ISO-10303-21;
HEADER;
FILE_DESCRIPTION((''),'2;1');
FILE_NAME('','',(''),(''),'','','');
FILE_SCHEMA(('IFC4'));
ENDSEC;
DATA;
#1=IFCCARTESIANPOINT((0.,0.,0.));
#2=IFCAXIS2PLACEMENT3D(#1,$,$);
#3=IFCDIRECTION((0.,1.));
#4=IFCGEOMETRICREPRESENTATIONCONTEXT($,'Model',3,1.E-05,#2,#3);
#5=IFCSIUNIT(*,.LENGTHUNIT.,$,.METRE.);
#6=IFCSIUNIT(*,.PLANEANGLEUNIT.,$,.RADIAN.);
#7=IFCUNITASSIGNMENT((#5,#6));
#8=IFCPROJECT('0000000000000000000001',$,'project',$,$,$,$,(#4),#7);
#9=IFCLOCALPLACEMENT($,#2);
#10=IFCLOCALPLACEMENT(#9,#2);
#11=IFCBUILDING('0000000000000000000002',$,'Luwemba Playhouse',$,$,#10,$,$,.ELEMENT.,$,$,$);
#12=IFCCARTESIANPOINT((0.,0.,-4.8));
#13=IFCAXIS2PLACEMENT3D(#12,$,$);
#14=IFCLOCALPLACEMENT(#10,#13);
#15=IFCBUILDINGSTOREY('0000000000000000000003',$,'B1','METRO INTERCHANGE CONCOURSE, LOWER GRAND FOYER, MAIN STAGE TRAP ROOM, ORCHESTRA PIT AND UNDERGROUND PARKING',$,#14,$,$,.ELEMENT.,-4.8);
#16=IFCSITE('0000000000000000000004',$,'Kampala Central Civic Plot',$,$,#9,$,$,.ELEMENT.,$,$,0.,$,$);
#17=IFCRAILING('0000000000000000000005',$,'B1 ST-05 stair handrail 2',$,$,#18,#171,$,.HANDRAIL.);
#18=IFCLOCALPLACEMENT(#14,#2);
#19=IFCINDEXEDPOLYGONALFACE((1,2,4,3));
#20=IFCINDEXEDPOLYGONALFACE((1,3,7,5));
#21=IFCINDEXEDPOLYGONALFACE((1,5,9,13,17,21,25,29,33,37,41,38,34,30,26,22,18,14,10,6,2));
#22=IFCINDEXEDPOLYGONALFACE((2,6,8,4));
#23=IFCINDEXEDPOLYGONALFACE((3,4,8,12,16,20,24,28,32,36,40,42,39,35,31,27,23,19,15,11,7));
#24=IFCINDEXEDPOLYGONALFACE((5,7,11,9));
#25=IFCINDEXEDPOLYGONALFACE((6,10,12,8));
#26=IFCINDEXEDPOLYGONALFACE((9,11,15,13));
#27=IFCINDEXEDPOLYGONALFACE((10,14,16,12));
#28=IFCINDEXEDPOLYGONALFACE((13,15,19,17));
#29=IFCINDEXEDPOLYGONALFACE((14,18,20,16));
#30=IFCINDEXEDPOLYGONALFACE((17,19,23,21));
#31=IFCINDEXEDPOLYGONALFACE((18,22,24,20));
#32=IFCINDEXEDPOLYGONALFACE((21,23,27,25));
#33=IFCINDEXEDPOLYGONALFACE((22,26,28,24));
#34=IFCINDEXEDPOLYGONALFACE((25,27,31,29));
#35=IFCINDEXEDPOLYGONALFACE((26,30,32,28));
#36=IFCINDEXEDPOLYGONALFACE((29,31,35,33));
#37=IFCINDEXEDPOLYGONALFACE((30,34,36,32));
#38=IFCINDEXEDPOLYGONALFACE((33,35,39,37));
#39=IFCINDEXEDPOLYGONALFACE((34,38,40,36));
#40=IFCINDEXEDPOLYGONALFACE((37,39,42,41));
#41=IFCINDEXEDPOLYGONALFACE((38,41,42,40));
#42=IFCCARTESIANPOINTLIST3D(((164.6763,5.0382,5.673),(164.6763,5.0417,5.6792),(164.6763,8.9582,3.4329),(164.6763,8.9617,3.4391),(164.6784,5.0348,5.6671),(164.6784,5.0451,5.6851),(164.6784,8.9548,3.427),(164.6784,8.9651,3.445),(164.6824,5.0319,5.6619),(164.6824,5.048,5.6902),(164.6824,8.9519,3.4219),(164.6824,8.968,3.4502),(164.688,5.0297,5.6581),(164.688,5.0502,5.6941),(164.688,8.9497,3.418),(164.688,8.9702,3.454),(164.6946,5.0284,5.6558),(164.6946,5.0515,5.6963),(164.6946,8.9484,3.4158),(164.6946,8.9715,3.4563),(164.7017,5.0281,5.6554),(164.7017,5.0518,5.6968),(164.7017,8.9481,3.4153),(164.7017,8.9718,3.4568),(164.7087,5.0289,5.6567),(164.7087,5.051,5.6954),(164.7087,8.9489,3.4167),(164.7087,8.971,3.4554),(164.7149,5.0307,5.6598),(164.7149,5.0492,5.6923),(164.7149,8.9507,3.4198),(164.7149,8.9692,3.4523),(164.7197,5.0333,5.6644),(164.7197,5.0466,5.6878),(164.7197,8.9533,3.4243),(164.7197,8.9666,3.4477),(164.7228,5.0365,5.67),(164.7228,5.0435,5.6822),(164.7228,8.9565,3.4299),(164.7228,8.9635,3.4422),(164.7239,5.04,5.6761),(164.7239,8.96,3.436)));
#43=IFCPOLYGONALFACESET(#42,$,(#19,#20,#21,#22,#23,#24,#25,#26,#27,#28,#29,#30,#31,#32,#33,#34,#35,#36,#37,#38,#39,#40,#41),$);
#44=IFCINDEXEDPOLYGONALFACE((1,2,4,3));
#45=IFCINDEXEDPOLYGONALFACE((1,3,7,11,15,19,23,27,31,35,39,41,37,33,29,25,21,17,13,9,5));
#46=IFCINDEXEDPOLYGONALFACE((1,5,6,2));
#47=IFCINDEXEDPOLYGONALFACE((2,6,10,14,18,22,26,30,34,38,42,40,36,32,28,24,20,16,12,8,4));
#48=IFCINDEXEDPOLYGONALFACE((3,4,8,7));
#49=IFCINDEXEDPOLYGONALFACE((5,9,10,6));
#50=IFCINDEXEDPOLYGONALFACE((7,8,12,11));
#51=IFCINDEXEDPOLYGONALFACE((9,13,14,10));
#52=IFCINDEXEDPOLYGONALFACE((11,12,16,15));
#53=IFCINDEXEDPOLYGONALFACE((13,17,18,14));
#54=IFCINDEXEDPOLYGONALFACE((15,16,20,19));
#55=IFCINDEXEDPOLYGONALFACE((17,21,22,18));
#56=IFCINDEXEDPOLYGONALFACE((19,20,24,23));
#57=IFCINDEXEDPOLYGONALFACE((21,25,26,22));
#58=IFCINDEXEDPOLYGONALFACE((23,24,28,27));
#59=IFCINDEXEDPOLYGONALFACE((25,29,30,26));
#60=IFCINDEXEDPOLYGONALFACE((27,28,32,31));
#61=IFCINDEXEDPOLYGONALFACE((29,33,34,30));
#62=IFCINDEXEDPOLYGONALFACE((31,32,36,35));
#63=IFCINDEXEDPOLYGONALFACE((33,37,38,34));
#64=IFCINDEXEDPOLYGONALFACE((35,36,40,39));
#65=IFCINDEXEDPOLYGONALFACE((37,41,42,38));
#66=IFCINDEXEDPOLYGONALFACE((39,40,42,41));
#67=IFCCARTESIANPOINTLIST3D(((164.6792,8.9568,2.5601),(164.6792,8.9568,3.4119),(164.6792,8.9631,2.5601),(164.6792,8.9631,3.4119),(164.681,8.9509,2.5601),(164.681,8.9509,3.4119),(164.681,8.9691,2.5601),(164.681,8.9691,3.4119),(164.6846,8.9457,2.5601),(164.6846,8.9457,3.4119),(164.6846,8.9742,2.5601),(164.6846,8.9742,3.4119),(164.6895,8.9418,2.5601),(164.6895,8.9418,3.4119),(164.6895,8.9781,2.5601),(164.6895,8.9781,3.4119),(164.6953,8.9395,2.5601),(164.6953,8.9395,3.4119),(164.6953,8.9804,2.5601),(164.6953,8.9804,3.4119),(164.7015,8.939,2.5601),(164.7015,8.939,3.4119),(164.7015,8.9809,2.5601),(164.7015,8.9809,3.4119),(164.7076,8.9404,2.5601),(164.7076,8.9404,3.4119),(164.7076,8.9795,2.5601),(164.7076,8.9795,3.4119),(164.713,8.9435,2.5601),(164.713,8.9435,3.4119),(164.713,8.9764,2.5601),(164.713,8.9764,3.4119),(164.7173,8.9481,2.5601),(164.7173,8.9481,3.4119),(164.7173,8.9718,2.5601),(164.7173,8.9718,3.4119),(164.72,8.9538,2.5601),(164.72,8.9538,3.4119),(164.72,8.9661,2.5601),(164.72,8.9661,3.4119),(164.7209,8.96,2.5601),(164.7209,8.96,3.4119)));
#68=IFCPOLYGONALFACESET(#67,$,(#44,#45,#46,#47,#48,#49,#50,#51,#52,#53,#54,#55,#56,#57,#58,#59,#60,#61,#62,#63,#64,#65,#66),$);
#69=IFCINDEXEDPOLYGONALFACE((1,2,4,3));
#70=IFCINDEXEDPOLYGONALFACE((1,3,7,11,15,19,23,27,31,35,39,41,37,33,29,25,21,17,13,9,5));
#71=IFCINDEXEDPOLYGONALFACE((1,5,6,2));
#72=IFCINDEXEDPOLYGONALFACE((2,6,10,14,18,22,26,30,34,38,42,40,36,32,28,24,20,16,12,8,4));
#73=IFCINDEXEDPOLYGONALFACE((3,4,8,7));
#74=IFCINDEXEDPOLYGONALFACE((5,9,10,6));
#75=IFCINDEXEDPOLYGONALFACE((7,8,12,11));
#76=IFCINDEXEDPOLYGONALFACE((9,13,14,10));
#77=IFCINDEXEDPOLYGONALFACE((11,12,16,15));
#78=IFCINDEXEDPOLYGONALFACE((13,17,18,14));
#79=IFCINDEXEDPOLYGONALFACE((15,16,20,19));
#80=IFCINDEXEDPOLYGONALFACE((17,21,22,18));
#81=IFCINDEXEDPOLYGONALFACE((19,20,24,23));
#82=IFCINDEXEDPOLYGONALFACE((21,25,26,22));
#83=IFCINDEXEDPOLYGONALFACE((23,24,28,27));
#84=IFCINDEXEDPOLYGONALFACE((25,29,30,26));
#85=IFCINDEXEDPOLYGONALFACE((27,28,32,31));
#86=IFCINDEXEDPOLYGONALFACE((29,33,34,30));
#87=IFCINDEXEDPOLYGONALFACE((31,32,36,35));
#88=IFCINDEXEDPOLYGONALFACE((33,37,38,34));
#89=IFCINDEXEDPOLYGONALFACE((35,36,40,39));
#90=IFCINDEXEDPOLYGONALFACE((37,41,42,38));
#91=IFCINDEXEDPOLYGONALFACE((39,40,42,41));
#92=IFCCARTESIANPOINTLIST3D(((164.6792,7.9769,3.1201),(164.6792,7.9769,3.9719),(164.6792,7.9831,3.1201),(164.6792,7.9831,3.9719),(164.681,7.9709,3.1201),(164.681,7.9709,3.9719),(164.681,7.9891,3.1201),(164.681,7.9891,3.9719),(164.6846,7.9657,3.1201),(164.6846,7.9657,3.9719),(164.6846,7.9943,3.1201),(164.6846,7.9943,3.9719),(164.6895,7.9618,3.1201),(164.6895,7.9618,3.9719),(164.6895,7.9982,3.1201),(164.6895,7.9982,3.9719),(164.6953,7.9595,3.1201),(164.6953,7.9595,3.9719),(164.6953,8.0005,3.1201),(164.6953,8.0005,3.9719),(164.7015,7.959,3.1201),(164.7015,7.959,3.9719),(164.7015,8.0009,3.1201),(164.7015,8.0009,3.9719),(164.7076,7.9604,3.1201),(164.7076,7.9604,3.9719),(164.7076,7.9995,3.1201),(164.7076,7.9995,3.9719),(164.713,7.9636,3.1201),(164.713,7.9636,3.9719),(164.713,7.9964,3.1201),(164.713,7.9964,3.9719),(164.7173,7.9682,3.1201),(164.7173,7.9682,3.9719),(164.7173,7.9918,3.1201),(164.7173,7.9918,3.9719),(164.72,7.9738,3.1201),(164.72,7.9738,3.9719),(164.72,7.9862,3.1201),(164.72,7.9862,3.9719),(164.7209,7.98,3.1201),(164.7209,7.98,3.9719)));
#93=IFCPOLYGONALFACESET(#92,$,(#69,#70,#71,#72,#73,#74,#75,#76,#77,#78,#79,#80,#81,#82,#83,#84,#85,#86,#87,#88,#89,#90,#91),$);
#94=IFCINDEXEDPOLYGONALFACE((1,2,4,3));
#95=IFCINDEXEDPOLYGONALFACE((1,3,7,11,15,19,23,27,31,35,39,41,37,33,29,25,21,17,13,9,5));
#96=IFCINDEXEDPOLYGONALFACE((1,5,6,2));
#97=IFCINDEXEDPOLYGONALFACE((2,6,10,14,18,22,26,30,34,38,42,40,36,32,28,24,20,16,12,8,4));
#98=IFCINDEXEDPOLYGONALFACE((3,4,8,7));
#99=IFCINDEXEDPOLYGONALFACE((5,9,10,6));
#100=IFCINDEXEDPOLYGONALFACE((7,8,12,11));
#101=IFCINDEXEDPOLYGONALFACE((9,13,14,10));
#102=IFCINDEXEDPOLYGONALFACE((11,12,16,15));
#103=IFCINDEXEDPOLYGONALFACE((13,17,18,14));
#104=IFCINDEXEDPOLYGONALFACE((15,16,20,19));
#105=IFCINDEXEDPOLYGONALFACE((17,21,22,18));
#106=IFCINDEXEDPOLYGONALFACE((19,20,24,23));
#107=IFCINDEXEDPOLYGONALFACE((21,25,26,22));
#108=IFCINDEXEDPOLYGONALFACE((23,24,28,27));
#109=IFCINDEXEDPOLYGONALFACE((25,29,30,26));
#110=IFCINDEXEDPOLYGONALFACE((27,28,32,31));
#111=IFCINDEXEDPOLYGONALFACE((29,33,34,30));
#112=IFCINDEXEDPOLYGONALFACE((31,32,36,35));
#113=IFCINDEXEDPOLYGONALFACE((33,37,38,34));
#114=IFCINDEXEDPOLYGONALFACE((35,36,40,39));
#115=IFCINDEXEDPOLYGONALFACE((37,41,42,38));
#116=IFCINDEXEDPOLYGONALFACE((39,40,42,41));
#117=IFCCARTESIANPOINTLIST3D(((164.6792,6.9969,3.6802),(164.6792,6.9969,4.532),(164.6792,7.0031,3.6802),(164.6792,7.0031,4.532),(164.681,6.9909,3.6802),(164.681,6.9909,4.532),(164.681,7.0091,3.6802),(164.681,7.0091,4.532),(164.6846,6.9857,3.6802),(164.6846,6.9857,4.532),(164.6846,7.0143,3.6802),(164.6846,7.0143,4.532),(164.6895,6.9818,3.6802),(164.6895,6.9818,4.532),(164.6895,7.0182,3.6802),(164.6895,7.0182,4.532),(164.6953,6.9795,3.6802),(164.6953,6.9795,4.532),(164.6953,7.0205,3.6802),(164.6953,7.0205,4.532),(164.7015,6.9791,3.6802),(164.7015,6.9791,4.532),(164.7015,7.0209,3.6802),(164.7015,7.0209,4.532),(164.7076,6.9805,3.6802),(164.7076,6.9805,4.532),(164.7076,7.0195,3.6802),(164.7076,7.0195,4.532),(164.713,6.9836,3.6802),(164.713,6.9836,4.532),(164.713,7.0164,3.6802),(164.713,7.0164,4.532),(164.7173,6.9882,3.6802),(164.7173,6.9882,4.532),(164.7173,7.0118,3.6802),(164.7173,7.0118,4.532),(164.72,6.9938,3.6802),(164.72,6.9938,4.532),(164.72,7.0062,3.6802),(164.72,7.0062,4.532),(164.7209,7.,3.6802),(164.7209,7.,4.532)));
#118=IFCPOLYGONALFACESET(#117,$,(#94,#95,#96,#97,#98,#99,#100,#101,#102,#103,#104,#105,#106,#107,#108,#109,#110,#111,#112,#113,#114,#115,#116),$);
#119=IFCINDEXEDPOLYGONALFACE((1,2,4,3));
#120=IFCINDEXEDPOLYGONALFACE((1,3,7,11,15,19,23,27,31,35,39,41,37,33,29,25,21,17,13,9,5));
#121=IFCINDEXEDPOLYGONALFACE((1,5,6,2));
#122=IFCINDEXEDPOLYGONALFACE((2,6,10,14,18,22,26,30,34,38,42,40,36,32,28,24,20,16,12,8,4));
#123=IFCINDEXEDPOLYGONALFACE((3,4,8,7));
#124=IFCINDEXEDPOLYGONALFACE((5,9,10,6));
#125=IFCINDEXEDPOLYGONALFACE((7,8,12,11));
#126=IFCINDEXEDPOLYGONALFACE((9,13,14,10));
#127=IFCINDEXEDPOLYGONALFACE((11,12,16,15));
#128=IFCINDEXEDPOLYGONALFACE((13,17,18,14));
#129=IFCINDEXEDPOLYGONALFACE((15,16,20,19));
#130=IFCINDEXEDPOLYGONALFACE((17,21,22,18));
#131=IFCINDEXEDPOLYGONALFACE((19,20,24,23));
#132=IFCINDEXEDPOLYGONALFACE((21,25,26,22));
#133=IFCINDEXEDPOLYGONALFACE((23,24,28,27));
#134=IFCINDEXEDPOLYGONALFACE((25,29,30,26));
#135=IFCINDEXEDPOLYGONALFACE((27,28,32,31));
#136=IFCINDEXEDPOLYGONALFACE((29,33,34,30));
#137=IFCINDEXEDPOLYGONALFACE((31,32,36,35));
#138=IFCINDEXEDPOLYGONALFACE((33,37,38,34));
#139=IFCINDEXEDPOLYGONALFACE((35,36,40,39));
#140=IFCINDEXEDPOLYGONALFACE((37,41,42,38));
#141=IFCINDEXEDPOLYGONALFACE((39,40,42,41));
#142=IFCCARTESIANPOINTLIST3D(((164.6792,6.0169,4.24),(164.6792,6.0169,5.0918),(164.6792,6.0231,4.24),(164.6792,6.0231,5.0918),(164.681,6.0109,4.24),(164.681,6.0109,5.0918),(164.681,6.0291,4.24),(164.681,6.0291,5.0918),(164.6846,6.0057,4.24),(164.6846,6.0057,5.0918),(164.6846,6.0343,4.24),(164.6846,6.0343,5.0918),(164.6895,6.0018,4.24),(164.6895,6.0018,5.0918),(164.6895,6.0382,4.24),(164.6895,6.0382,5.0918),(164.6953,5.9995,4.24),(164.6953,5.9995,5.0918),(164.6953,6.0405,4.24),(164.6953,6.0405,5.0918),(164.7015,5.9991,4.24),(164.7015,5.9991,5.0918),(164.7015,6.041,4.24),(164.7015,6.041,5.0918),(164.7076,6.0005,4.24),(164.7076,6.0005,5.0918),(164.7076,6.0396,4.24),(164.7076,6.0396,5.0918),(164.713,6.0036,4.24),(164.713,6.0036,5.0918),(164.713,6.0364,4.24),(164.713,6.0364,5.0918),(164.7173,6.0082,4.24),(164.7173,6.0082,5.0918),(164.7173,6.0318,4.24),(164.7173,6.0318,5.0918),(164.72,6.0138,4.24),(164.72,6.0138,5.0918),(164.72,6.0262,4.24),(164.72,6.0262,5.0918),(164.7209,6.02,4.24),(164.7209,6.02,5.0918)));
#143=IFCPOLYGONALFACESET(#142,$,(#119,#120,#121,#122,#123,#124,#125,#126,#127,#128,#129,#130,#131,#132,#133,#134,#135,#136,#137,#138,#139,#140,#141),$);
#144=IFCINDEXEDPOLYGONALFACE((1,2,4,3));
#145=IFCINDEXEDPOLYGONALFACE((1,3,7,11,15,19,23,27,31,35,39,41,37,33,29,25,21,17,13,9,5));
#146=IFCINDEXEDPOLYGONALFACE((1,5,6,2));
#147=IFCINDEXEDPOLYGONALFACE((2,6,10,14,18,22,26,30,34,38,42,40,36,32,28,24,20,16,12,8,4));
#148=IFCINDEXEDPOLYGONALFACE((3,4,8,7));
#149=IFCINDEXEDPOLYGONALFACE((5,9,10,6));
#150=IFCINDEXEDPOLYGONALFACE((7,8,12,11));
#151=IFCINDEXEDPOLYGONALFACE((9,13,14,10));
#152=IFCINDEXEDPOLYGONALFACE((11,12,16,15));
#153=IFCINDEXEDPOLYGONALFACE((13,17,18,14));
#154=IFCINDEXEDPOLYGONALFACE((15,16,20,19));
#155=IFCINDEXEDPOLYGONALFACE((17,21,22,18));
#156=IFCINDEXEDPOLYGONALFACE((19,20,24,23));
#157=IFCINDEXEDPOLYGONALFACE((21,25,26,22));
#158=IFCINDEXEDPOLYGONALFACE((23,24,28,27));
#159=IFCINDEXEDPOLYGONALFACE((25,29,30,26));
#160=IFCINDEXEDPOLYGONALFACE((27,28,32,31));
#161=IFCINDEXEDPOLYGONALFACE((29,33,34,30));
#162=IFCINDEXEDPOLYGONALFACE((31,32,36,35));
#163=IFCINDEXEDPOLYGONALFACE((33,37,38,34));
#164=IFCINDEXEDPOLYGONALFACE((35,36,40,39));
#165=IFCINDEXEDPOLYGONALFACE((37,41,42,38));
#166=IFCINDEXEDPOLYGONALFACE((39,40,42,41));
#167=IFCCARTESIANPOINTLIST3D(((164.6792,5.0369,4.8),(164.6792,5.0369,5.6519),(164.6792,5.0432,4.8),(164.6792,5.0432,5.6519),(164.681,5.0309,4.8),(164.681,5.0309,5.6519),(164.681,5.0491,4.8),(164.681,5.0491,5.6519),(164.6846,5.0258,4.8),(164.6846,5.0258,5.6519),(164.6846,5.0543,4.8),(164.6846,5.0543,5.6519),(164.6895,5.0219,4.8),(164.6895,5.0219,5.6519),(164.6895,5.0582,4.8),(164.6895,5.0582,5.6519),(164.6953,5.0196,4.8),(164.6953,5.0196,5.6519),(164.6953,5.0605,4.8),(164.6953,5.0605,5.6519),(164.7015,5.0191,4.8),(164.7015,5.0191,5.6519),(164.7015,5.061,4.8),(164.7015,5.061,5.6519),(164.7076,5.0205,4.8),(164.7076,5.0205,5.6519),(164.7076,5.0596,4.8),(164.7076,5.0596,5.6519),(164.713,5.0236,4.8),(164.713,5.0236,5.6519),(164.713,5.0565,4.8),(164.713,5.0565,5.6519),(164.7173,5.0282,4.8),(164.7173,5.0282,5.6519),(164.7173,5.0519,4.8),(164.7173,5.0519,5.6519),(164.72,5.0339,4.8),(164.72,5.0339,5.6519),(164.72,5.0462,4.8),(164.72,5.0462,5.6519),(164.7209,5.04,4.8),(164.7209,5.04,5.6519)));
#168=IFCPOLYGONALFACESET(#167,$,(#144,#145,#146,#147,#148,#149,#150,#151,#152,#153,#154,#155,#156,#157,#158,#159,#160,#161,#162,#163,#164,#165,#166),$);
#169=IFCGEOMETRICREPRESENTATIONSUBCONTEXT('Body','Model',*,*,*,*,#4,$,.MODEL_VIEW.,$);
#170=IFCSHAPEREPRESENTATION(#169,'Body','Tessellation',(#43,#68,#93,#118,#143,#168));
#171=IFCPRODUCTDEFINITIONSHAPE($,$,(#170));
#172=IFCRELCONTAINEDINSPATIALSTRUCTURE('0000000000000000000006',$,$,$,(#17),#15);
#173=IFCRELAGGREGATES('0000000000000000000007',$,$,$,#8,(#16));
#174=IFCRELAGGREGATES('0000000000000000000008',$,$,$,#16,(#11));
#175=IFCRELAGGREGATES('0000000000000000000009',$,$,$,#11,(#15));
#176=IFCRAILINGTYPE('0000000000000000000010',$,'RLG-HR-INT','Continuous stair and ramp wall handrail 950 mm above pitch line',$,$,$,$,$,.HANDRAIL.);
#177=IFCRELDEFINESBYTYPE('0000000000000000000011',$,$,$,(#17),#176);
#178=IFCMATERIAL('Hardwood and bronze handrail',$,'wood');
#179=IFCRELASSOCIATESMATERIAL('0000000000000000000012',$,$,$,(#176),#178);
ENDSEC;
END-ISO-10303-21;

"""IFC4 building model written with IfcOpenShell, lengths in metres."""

from ifc_helpers import new_model, si_unit, direction, frame, origin, origin_2d, place, context, subcontext, project, spatial, circle, extrude, material, type_object, element, save


model = new_model("IFC4")

# Units and contexts
model_context = context("Model", 3, precision=1e-05, world=origin(), true_north=direction((0.0, 1.0)))
body_context = subcontext(model_context, "Body", "Model", "MODEL_VIEW")
ifc_project = project(units=[si_unit("LENGTHUNIT", "METRE"), si_unit("PLANEANGLEUNIT", "RADIAN")], contexts=[model_context])

# Site, building, storey
site_placement = place(None, origin())
site = spatial("IfcSite", under=ifc_project, at=site_placement, Name="Kampala Central Civic Plot", CompositionType="ELEMENT", RefElevation=0.0)
building_placement = place(site_placement, origin())
building = spatial("IfcBuilding", under=site, at=building_placement, Name="Luwemba Playhouse", CompositionType="ELEMENT")
storey_placement = place(building_placement, frame((0.0, 0.0, -4.8)))
storey = spatial("IfcBuildingStorey", under=building, at=storey_placement, Name="B1", Description="METRO INTERCHANGE CONCOURSE, LOWER GRAND FOYER, MAIN STAGE TRAP ROOM, ORCHESTRA PIT AND UNDERGROUND PARKING", CompositionType="ELEMENT", Elevation=-4.8)

# Railing
ifc_material_1 = material(Name="Hardwood and bronze handrail", Category="wood")
railing_type = type_object("IfcRailingType", Name="RLG-HR-INT", Description="Continuous stair and ramp wall handrail 950 mm above pitch line", PredefinedType="HANDRAIL", material=ifc_material_1)
railing_placement = place(storey_placement, frame((164.7, 8.96, 2.5601)))
element("IfcRailing", 1, at=railing_placement, inside=storey, type_object=railing_type, Name="B1 ST-05 stair handrail 2", PredefinedType="HANDRAIL", context=body_context, shape_type="SweptSolid", body=[
    extrude(circle(Radius=0.0239, at=origin_2d()), frame((0.0, 0.0, 0.876), z_axis=(0.0, -0.86824, 0.496145), x_axis=(1.0, 0.0, 0.0)), (0.0, 0.0, 1.0), 4.5149),
    extrude(circle(Radius=0.021, at=origin_2d()), origin(), (0.0, 0.0, 1.0), 0.8518),
    extrude(circle(Radius=0.021, at=origin_2d()), frame((0.0, -0.98, 0.5601)), (0.0, 0.0, 1.0), 0.8518),
    extrude(circle(Radius=0.021, at=origin_2d()), frame((0.0, -1.96, 1.1201)), (0.0, 0.0, 1.0), 0.8518),
    extrude(circle(Radius=0.021, at=origin_2d()), frame((0.0, -2.9399, 1.6799)), (0.0, 0.0, 1.0), 0.8518),
    extrude(circle(Radius=0.021, at=origin_2d()), frame((0.0, -3.9199, 2.24)), (0.0, 0.0, 1.0), 0.8518),
])

save(model, "model.ifc")
